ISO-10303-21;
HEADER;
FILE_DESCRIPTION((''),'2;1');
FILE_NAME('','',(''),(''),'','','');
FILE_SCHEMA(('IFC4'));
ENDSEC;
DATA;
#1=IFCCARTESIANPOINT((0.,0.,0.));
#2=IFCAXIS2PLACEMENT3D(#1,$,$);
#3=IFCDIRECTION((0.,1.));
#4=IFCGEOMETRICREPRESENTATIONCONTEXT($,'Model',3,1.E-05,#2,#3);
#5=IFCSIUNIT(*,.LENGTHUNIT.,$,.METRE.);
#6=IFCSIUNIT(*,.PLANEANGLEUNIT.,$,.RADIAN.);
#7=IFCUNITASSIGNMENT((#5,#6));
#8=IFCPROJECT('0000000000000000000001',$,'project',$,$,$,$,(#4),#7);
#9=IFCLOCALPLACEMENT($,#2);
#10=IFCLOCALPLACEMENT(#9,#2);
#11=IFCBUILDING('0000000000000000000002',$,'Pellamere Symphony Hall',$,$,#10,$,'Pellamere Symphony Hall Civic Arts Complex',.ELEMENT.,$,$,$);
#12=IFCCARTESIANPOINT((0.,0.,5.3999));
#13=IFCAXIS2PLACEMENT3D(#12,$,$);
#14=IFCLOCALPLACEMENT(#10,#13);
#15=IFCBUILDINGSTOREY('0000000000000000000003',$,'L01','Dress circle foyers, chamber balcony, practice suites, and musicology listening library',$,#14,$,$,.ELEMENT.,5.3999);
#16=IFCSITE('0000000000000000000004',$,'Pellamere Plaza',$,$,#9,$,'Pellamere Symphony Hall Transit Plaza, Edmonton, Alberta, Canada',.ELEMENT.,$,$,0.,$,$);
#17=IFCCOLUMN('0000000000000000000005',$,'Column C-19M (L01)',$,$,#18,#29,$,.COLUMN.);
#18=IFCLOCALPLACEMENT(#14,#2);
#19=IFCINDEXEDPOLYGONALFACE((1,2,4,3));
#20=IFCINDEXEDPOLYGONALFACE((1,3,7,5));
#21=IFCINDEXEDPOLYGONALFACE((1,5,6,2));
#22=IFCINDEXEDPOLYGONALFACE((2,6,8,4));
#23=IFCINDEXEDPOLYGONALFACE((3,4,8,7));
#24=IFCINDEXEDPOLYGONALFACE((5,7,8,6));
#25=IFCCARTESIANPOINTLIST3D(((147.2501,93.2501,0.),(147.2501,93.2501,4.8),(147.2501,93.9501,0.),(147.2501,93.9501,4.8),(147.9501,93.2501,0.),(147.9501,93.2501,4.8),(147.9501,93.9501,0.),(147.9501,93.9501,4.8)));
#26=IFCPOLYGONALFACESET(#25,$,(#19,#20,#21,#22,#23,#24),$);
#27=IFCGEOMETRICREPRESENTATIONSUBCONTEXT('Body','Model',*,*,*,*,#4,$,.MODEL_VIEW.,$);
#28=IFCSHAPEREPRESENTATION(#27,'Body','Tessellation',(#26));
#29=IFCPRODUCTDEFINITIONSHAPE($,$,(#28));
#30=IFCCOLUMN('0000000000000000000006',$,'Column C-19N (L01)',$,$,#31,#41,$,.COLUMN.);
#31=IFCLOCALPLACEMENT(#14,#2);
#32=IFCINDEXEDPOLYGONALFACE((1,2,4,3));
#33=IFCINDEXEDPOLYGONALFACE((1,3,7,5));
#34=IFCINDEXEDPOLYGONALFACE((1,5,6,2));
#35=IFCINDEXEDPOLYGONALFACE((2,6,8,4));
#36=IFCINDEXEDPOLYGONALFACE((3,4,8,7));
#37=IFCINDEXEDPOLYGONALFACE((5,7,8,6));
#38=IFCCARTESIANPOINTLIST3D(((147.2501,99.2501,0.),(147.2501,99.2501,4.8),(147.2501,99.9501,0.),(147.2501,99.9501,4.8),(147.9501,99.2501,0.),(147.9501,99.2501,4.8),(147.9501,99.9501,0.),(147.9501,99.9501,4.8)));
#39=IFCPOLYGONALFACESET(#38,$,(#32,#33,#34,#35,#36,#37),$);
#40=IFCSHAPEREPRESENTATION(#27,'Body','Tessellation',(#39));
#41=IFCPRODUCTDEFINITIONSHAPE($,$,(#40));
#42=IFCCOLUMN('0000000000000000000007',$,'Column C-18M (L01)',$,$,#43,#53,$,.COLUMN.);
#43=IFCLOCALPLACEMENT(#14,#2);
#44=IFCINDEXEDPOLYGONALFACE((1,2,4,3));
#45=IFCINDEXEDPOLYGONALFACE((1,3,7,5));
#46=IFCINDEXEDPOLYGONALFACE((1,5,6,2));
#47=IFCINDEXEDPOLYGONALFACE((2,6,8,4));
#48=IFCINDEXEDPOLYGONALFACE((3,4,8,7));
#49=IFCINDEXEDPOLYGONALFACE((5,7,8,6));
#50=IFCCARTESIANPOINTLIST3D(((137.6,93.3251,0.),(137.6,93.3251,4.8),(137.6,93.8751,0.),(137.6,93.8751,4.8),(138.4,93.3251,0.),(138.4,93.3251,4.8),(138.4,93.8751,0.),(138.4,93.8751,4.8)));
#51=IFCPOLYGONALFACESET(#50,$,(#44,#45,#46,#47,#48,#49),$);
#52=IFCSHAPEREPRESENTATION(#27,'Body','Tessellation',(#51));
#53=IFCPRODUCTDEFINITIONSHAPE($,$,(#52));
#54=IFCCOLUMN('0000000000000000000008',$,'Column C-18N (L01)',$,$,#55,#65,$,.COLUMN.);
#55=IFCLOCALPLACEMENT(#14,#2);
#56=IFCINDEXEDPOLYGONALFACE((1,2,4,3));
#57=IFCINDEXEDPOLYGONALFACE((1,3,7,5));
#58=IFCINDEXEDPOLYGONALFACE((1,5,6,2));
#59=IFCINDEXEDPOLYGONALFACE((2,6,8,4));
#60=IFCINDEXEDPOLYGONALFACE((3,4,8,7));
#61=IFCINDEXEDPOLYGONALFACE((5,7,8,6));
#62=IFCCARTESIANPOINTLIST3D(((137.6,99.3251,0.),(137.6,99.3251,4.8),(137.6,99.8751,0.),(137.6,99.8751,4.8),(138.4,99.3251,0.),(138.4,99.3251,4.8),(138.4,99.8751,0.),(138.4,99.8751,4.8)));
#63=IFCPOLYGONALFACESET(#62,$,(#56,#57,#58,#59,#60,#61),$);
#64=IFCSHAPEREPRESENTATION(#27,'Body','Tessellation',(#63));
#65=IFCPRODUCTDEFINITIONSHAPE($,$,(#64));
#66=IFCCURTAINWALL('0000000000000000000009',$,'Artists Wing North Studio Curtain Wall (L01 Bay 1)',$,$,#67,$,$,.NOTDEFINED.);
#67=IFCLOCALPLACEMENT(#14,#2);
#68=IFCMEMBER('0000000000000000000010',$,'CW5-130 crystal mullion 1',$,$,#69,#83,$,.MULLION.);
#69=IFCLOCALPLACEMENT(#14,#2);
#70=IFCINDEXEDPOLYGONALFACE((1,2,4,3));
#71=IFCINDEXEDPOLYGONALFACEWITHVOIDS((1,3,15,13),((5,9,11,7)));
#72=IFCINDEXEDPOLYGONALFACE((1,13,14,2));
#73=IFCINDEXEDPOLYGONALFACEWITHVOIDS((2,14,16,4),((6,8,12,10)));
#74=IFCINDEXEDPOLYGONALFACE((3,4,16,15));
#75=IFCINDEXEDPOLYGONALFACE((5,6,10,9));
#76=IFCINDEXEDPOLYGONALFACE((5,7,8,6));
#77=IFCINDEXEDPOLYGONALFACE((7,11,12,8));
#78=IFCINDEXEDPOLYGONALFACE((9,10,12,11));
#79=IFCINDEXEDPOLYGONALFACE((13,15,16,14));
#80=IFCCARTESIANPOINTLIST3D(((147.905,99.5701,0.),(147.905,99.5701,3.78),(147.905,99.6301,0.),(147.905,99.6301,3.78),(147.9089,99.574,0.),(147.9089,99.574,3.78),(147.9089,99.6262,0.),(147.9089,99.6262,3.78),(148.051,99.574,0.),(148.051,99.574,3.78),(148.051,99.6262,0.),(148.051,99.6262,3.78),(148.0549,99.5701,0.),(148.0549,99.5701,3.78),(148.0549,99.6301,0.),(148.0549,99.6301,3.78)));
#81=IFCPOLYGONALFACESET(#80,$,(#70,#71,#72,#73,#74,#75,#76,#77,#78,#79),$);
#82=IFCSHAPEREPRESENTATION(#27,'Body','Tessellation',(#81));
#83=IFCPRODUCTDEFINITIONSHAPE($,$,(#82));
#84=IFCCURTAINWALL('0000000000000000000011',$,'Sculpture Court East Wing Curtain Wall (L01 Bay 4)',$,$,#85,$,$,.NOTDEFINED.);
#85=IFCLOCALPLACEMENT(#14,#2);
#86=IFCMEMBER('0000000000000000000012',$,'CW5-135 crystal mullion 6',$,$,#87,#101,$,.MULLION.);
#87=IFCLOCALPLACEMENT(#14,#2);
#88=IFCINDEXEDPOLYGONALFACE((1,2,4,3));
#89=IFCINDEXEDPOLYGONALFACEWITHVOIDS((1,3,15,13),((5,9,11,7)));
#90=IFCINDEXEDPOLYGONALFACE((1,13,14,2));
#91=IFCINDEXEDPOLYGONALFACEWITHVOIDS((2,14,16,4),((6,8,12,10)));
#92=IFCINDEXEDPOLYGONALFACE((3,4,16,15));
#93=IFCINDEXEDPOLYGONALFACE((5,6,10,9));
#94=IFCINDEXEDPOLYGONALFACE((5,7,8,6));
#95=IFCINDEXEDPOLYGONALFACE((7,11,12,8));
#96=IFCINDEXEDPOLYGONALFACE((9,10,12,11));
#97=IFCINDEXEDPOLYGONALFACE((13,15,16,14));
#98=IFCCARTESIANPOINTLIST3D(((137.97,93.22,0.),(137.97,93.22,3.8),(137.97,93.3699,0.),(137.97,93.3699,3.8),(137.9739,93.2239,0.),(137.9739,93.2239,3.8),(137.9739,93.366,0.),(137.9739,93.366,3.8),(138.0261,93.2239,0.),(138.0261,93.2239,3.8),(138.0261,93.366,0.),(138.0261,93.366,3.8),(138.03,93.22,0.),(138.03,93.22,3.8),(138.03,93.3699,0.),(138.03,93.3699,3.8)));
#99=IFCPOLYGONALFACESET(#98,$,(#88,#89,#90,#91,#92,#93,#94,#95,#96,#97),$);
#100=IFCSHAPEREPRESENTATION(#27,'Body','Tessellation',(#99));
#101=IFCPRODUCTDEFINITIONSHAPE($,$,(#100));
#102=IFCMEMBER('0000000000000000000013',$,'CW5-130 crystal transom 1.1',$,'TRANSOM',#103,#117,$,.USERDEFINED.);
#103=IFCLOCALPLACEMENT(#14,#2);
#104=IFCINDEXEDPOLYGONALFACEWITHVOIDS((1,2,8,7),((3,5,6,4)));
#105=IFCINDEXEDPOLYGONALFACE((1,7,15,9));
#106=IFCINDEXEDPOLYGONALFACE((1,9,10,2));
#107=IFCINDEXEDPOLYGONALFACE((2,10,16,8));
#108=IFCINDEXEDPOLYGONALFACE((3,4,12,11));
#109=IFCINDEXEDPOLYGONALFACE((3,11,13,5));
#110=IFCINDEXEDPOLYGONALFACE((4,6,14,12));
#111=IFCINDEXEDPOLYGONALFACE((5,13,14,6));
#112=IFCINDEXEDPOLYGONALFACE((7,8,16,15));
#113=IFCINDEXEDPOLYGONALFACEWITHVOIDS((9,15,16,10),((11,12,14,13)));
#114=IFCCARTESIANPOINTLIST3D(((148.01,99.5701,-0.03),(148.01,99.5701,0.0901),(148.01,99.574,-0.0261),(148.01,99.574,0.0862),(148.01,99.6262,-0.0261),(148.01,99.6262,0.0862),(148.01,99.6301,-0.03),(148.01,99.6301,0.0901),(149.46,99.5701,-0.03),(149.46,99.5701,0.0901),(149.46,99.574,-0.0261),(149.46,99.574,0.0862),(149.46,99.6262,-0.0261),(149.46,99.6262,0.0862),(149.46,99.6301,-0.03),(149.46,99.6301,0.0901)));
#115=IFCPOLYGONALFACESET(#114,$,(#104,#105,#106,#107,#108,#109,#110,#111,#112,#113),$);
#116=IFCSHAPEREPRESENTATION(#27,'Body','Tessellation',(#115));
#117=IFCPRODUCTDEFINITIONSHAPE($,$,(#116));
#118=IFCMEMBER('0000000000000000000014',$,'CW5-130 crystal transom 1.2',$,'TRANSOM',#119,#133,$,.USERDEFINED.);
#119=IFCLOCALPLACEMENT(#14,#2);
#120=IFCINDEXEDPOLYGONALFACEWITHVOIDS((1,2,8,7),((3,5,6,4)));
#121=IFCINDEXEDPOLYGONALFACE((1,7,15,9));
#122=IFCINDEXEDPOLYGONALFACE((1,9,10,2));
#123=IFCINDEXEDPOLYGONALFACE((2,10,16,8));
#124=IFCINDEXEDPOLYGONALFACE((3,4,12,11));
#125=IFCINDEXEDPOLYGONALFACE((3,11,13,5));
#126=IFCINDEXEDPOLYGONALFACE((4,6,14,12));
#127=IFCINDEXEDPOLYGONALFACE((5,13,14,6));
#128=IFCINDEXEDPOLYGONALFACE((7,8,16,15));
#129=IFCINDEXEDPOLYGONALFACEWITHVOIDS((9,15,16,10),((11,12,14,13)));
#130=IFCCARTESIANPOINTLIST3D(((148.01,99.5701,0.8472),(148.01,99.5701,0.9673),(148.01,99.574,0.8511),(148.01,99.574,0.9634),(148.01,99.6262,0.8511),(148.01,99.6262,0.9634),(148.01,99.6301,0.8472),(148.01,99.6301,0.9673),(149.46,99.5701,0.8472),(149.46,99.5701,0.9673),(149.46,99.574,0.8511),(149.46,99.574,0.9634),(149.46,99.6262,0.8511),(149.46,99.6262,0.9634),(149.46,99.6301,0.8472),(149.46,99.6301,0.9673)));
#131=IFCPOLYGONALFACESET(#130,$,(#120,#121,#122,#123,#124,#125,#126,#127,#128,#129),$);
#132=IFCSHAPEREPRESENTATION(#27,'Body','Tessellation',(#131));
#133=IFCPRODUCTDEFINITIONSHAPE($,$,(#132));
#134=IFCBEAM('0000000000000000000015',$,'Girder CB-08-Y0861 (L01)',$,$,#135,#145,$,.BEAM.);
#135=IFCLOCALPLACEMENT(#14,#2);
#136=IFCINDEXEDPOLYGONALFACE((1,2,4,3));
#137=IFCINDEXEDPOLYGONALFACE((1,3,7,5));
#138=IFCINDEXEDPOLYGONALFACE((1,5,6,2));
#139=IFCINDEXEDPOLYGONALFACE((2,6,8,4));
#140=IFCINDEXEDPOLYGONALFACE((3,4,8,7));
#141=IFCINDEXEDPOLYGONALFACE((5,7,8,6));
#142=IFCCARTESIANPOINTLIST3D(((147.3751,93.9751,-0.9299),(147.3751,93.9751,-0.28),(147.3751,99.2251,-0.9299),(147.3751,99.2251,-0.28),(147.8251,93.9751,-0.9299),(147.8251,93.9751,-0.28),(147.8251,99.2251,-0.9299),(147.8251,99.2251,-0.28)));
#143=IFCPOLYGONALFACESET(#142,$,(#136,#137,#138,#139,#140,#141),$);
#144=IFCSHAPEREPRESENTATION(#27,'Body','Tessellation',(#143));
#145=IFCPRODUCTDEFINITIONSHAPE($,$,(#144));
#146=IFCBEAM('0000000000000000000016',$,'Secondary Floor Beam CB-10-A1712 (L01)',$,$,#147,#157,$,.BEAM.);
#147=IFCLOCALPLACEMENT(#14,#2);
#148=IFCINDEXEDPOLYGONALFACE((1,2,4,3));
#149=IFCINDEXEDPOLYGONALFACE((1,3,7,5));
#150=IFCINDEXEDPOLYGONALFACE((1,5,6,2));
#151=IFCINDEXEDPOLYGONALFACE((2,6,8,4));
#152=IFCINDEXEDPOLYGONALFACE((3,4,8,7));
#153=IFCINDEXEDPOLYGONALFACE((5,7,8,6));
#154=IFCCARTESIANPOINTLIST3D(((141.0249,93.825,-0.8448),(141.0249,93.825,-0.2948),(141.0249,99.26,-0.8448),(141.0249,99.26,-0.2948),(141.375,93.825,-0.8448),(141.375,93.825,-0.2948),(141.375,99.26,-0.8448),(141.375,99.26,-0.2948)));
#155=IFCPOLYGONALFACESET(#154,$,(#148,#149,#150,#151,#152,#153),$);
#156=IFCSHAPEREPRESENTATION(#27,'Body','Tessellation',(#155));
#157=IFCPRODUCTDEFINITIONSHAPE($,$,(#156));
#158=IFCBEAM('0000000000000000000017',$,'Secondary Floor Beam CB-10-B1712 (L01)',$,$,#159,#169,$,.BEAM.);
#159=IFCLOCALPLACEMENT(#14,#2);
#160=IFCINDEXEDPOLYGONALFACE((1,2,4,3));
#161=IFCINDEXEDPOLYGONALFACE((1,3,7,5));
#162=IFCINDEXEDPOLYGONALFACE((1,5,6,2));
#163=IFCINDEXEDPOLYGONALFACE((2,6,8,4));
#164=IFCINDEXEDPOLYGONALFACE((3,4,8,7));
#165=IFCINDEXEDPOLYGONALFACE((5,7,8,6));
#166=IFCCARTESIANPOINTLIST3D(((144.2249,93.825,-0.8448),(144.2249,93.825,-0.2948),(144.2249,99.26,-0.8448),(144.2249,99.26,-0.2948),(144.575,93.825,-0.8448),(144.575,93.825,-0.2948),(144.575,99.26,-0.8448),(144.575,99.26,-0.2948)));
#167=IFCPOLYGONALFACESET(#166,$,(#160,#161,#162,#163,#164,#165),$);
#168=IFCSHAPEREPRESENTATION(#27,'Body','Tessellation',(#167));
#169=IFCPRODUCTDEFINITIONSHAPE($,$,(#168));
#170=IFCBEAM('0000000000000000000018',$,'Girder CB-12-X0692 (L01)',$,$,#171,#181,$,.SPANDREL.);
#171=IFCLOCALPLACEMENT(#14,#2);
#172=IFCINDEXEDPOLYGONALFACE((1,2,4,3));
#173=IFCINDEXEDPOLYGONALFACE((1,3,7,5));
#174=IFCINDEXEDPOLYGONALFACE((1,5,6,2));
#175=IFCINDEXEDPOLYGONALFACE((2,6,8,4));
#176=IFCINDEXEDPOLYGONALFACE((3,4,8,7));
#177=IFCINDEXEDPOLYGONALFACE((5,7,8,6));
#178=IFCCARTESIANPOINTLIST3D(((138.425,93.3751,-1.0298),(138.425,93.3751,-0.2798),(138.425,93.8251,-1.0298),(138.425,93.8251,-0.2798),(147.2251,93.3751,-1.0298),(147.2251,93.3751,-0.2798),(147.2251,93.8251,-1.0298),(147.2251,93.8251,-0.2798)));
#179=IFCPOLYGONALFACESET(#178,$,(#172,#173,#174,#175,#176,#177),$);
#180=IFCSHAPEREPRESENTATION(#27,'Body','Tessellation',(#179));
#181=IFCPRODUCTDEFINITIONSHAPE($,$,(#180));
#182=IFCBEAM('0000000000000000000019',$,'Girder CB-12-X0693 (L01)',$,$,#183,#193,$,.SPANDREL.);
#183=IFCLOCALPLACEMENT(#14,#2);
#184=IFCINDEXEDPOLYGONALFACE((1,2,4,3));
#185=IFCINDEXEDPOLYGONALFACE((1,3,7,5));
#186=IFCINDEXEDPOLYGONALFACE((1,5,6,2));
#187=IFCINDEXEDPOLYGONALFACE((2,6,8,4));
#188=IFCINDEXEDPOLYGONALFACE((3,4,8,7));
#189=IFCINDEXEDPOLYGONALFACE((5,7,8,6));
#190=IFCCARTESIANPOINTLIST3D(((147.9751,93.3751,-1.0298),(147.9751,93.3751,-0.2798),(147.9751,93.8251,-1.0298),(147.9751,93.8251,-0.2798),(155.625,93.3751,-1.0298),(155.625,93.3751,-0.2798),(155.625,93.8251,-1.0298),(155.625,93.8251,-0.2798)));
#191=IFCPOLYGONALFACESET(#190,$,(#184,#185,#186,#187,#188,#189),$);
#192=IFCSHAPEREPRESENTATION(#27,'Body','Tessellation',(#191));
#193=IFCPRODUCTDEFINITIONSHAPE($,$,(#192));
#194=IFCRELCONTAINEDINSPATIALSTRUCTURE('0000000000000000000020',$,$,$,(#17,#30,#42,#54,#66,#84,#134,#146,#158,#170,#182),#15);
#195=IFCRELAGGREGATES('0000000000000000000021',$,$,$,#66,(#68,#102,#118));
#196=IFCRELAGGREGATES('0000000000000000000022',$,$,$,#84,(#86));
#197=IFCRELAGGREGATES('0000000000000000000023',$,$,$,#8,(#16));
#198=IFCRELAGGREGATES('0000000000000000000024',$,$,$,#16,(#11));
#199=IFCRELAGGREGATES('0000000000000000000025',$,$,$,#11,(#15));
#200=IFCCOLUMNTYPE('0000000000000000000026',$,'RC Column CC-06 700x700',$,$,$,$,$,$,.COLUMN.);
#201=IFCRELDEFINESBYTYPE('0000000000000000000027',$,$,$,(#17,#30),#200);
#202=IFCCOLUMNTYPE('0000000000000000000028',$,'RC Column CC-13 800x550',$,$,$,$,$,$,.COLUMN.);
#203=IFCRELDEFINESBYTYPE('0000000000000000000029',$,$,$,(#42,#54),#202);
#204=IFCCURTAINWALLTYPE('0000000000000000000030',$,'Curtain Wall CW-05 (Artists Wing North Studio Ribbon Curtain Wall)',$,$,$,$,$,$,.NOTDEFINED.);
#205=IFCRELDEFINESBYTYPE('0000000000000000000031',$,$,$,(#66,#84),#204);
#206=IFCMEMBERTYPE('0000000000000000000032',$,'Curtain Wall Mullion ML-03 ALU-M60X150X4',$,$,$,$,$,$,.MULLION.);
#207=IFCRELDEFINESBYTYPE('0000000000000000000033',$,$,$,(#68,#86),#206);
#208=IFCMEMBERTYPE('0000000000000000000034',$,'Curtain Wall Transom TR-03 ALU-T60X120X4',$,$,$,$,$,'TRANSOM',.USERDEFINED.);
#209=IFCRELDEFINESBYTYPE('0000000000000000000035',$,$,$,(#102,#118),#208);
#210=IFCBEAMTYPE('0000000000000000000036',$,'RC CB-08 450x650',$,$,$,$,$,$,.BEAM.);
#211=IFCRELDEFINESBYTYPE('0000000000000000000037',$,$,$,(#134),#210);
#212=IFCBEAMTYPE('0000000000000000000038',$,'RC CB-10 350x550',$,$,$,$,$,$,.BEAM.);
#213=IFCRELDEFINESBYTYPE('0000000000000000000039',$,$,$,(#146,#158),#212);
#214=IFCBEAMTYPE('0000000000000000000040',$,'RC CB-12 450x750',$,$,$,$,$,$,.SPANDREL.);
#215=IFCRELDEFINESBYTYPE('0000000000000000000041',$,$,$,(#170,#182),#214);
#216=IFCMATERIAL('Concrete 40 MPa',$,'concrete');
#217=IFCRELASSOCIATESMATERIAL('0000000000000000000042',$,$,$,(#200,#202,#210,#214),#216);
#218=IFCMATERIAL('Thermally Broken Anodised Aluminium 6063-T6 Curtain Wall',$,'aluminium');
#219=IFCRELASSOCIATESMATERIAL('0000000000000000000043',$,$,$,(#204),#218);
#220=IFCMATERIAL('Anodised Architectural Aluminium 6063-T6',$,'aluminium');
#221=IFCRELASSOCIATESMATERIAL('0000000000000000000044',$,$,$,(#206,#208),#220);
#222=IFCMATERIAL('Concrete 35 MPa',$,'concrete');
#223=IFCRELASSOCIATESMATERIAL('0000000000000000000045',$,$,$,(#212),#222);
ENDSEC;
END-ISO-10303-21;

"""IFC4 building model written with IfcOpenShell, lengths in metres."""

from ifc_helpers import new_model, si_unit, direction, frame, origin, origin_2d, place, context, subcontext, project, spatial, rectangle, hollow_rectangle, extrude, material, material_profile, profile_set, type_object, element, aggregate, save


model = new_model("IFC4")

# Units and contexts
model_context = context("Model", 3, precision=1e-05, world=origin(), true_north=direction((0.0, 1.0)))
body_context = subcontext(model_context, "Body", "Model", "MODEL_VIEW")
ifc_project = project(units=[si_unit("LENGTHUNIT", "METRE"), si_unit("PLANEANGLEUNIT", "RADIAN")], contexts=[model_context])

# Site, building, storey
site_placement = place(None, origin())
site = spatial("IfcSite", under=ifc_project, at=site_placement, Name="Pellamere Plaza", LongName="Pellamere Symphony Hall Transit Plaza, Edmonton, Alberta, Canada", CompositionType="ELEMENT", RefElevation=0.0)
building_placement = place(site_placement, origin())
building = spatial("IfcBuilding", under=site, at=building_placement, Name="Pellamere Symphony Hall", LongName="Pellamere Symphony Hall Civic Arts Complex", CompositionType="ELEMENT")
storey_placement = place(building_placement, frame((0.0, 0.0, 5.3999)))
storey = spatial("IfcBuildingStorey", under=building, at=storey_placement, Name="L01", Description="Dress circle foyers, chamber balcony, practice suites, and musicology listening library", CompositionType="ELEMENT", Elevation=5.3999)

# Columns
ifc_material_1 = material(Name="Concrete 40 MPa", Category="concrete")
ifc_material_profile_1 = material_profile(ifc_material_1, rectangle(XDim=0.7, YDim=0.7, at=origin_2d()), Name="RC 700x700")
ifc_profile_set_1 = profile_set([ifc_material_profile_1], Name="Concrete 40 MPa")
column_type_1 = type_object("IfcColumnType", Name="RC Column CC-06 700x700", PredefinedType="COLUMN", material=ifc_profile_set_1)
for number, where, z_axis, x_axis, name in (
    (1, (147.6001, 93.6001, 0.0), (0.0, 0.0, 1.0), (1.0, 0.0, 0.0), "Column C-19M (L01)"),
    (2, (147.6001, 99.6001, 0.0), (0.0, 0.0, 1.0), (1.0, 0.0, 0.0), "Column C-19N (L01)"),
):
    element("IfcColumn", number, at=place(storey_placement, frame(where, z_axis=z_axis, x_axis=x_axis)), inside=storey, type_object=column_type_1, Name=name, PredefinedType="COLUMN", context=body_context, shape_type="SweptSolid", body=[
        extrude(rectangle(XDim=0.7, YDim=0.7, at=origin_2d()), origin(), (0.0, 0.0, 1.0), 4.8),
    ])
ifc_material_profile_2 = material_profile(ifc_material_1, rectangle(XDim=0.8, YDim=0.55, at=origin_2d()), Name="RC 800x550")
ifc_profile_set_2 = profile_set([ifc_material_profile_2], Name="Concrete 40 MPa")
column_type_2 = type_object("IfcColumnType", Name="RC Column CC-13 800x550", PredefinedType="COLUMN", material=ifc_profile_set_2)
for number, where, z_axis, x_axis, name in (
    (3, (138.0, 93.6001, 0.0), (0.0, 0.0, 1.0), (1.0, 0.0, 0.0), "Column C-18M (L01)"),
    (4, (138.0, 99.6001, 0.0), (0.0, 0.0, 1.0), (1.0, 0.0, 0.0), "Column C-18N (L01)"),
):
    element("IfcColumn", number, at=place(storey_placement, frame(where, z_axis=z_axis, x_axis=x_axis)), inside=storey, type_object=column_type_2, Name=name, PredefinedType="COLUMN", context=body_context, shape_type="SweptSolid", body=[
        extrude(rectangle(XDim=0.8, YDim=0.55, at=origin_2d()), origin(), (0.0, 0.0, 1.0), 4.8),
    ])

# Curtain walls, members
ifc_material_2 = material(Name="Thermally Broken Anodised Aluminium 6063-T6 Curtain Wall", Category="aluminium")
curtain_wall_type = type_object("IfcCurtainWallType", Name="Curtain Wall CW-05 (Artists Wing North Studio Ribbon Curtain Wall)", PredefinedType="NOTDEFINED", material=ifc_material_2)
curtain_wall_1_placement = place(storey_placement, origin())
curtain_wall_1 = element("IfcCurtainWall", 5, at=curtain_wall_1_placement, inside=storey, type_object=curtain_wall_type, Name="Artists Wing North Studio Curtain Wall (L01 Bay 1)", PredefinedType="NOTDEFINED")
ifc_material_3 = material(Name="Anodised Architectural Aluminium 6063-T6", Category="aluminium")
ifc_material_profile_3 = material_profile(ifc_material_3, hollow_rectangle(XDim=0.0601, YDim=0.1499, WallThickness=0.0039, at=origin_2d()), Name="ALU-M60X150X4")
ifc_profile_set_3 = profile_set([ifc_material_profile_3], Name="Anodised Architectural Aluminium 6063-T6")
member_type_1 = type_object("IfcMemberType", Name="Curtain Wall Mullion ML-03 ALU-M60X150X4", PredefinedType="MULLION", material=ifc_profile_set_3)
member_1_placement = place(storey_placement, frame((147.98, 99.6001, 0.0), z_axis=(0.0, 0.0, 1.0), x_axis=(0.0, 1.0, 0.0)))
member_1 = element("IfcMember", 6, at=member_1_placement, type_object=member_type_1, Name="CW5-130 crystal mullion 1", PredefinedType="MULLION", context=body_context, shape_type="SweptSolid", body=[
    extrude(hollow_rectangle(XDim=0.0601, YDim=0.1499, WallThickness=0.0039, at=origin_2d()), origin(), (0.0, 0.0, 1.0), 3.78),
])
curtain_wall_2_placement = place(storey_placement, origin())
curtain_wall_2 = element("IfcCurtainWall", 7, at=curtain_wall_2_placement, inside=storey, type_object=curtain_wall_type, Name="Sculpture Court East Wing Curtain Wall (L01 Bay 4)", PredefinedType="NOTDEFINED")
member_2_placement = place(storey_placement, frame((138.0, 93.2949, 0.0), z_axis=(0.0, 0.0, 1.0), x_axis=(-1.0, 0.0, 0.0)))
member_2 = element("IfcMember", 8, at=member_2_placement, type_object=member_type_1, Name="CW5-135 crystal mullion 6", PredefinedType="MULLION", context=body_context, shape_type="SweptSolid", body=[
    extrude(hollow_rectangle(XDim=0.0601, YDim=0.1499, WallThickness=0.0039, at=origin_2d()), origin(), (0.0, 0.0, 1.0), 3.8),
])

# Members
ifc_material_profile_4 = material_profile(ifc_material_3, hollow_rectangle(XDim=0.0601, YDim=0.1201, WallThickness=0.0039, at=origin_2d()), Name="ALU-T60X120X4")
ifc_profile_set_4 = profile_set([ifc_material_profile_4], Name="Anodised Architectural Aluminium 6063-T6")
member_type_2 = type_object("IfcMemberType", Name="Curtain Wall Transom TR-03 ALU-T60X120X4", ElementType="TRANSOM", PredefinedType="USERDEFINED", material=ifc_profile_set_4)
member_3_placement = place(storey_placement, frame((148.01, 99.6001, 0.03), z_axis=(1.0, 0.0, 0.0), x_axis=(0.0, 1.0, 0.0)))
member_3 = element("IfcMember", 9, at=member_3_placement, type_object=member_type_2, Name="CW5-130 crystal transom 1.1", ObjectType="TRANSOM", PredefinedType="USERDEFINED", context=body_context, shape_type="SweptSolid", body=[
    extrude(hollow_rectangle(XDim=0.0601, YDim=0.1201, WallThickness=0.0039, at=origin_2d()), origin(), (0.0, 0.0, 1.0), 1.45),
])
member_4_placement = place(storey_placement, frame((148.01, 99.6001, 0.9072), z_axis=(1.0, 0.0, 0.0), x_axis=(0.0, 1.0, 0.0)))
member_4 = element("IfcMember", 10, at=member_4_placement, type_object=member_type_2, Name="CW5-130 crystal transom 1.2", ObjectType="TRANSOM", PredefinedType="USERDEFINED", context=body_context, shape_type="SweptSolid", body=[
    extrude(hollow_rectangle(XDim=0.0601, YDim=0.1201, WallThickness=0.0039, at=origin_2d()), origin(), (0.0, 0.0, 1.0), 1.45),
])
aggregate(curtain_wall_1, [member_1, member_3, member_4])

# Beams
ifc_material_profile_5 = material_profile(ifc_material_1, rectangle(XDim=0.45, YDim=0.6499, at=origin_2d()), Name="RC 450x650")
ifc_profile_set_5 = profile_set([ifc_material_profile_5], Name="Concrete 40 MPa")
beam_type_1 = type_object("IfcBeamType", Name="RC CB-08 450x650", PredefinedType="BEAM", material=ifc_profile_set_5)
beam_1_placement = place(storey_placement, frame((147.6001, 93.9751, -0.605), z_axis=(0.0, 1.0, 0.0), x_axis=(-1.0, 0.0, 0.0)))
element("IfcBeam", 11, at=beam_1_placement, inside=storey, type_object=beam_type_1, Name="Girder CB-08-Y0861 (L01)", PredefinedType="BEAM", context=body_context, shape_type="SweptSolid", body=[
    extrude(rectangle(XDim=0.45, YDim=0.6499, at=origin_2d()), origin(), (0.0, 0.0, 1.0), 5.25),
])
ifc_material_4 = material(Name="Concrete 35 MPa", Category="concrete")
ifc_material_profile_6 = material_profile(ifc_material_4, rectangle(XDim=0.3501, YDim=0.55, at=origin_2d()), Name="RC 350x550")
ifc_profile_set_6 = profile_set([ifc_material_profile_6], Name="Concrete 35 MPa")
beam_type_2 = type_object("IfcBeamType", Name="RC CB-10 350x550", PredefinedType="BEAM", material=ifc_profile_set_6)
for number, where, z_axis, x_axis, name in (
    (12, (141.2, 93.825, -0.5698), (0.0, 1.0, 0.0), (-1.0, 0.0, 0.0), "Secondary Floor Beam CB-10-A1712 (L01)"),
    (13, (144.3999, 93.825, -0.5698), (0.0, 1.0, 0.0), (-1.0, 0.0, 0.0), "Secondary Floor Beam CB-10-B1712 (L01)"),
):
    element("IfcBeam", number, at=place(storey_placement, frame(where, z_axis=z_axis, x_axis=x_axis)), inside=storey, type_object=beam_type_2, Name=name, PredefinedType="BEAM", context=body_context, shape_type="SweptSolid", body=[
        extrude(rectangle(XDim=0.3501, YDim=0.55, at=origin_2d()), origin(), (0.0, 0.0, 1.0), 5.4351),
    ])
ifc_material_profile_7 = material_profile(ifc_material_1, rectangle(XDim=0.45, YDim=0.75, at=origin_2d()), Name="RC 450x750")
ifc_profile_set_7 = profile_set([ifc_material_profile_7], Name="Concrete 40 MPa")
beam_type_3 = type_object("IfcBeamType", Name="RC CB-12 450x750", PredefinedType="SPANDREL", material=ifc_profile_set_7)
beam_2_placement = place(storey_placement, frame((138.425, 93.6001, -0.6548), z_axis=(1.0, 0.0, 0.0), x_axis=(0.0, 1.0, 0.0)))
element("IfcBeam", 14, at=beam_2_placement, inside=storey, type_object=beam_type_3, Name="Girder CB-12-X0692 (L01)", PredefinedType="SPANDREL", context=body_context, shape_type="SweptSolid", body=[
    extrude(rectangle(XDim=0.45, YDim=0.75, at=origin_2d()), origin(), (0.0, 0.0, 1.0), 8.8),
])
beam_3_placement = place(storey_placement, frame((147.9751, 93.6001, -0.6548), z_axis=(1.0, 0.0, 0.0), x_axis=(0.0, 1.0, 0.0)))
element("IfcBeam", 15, at=beam_3_placement, inside=storey, type_object=beam_type_3, Name="Girder CB-12-X0693 (L01)", PredefinedType="SPANDREL", context=body_context, shape_type="SweptSolid", body=[
    extrude(rectangle(XDim=0.45, YDim=0.75, at=origin_2d()), origin(), (0.0, 0.0, 1.0), 7.6499),
])

aggregate(curtain_wall_2, [member_2])

save(model, "model.ifc")
